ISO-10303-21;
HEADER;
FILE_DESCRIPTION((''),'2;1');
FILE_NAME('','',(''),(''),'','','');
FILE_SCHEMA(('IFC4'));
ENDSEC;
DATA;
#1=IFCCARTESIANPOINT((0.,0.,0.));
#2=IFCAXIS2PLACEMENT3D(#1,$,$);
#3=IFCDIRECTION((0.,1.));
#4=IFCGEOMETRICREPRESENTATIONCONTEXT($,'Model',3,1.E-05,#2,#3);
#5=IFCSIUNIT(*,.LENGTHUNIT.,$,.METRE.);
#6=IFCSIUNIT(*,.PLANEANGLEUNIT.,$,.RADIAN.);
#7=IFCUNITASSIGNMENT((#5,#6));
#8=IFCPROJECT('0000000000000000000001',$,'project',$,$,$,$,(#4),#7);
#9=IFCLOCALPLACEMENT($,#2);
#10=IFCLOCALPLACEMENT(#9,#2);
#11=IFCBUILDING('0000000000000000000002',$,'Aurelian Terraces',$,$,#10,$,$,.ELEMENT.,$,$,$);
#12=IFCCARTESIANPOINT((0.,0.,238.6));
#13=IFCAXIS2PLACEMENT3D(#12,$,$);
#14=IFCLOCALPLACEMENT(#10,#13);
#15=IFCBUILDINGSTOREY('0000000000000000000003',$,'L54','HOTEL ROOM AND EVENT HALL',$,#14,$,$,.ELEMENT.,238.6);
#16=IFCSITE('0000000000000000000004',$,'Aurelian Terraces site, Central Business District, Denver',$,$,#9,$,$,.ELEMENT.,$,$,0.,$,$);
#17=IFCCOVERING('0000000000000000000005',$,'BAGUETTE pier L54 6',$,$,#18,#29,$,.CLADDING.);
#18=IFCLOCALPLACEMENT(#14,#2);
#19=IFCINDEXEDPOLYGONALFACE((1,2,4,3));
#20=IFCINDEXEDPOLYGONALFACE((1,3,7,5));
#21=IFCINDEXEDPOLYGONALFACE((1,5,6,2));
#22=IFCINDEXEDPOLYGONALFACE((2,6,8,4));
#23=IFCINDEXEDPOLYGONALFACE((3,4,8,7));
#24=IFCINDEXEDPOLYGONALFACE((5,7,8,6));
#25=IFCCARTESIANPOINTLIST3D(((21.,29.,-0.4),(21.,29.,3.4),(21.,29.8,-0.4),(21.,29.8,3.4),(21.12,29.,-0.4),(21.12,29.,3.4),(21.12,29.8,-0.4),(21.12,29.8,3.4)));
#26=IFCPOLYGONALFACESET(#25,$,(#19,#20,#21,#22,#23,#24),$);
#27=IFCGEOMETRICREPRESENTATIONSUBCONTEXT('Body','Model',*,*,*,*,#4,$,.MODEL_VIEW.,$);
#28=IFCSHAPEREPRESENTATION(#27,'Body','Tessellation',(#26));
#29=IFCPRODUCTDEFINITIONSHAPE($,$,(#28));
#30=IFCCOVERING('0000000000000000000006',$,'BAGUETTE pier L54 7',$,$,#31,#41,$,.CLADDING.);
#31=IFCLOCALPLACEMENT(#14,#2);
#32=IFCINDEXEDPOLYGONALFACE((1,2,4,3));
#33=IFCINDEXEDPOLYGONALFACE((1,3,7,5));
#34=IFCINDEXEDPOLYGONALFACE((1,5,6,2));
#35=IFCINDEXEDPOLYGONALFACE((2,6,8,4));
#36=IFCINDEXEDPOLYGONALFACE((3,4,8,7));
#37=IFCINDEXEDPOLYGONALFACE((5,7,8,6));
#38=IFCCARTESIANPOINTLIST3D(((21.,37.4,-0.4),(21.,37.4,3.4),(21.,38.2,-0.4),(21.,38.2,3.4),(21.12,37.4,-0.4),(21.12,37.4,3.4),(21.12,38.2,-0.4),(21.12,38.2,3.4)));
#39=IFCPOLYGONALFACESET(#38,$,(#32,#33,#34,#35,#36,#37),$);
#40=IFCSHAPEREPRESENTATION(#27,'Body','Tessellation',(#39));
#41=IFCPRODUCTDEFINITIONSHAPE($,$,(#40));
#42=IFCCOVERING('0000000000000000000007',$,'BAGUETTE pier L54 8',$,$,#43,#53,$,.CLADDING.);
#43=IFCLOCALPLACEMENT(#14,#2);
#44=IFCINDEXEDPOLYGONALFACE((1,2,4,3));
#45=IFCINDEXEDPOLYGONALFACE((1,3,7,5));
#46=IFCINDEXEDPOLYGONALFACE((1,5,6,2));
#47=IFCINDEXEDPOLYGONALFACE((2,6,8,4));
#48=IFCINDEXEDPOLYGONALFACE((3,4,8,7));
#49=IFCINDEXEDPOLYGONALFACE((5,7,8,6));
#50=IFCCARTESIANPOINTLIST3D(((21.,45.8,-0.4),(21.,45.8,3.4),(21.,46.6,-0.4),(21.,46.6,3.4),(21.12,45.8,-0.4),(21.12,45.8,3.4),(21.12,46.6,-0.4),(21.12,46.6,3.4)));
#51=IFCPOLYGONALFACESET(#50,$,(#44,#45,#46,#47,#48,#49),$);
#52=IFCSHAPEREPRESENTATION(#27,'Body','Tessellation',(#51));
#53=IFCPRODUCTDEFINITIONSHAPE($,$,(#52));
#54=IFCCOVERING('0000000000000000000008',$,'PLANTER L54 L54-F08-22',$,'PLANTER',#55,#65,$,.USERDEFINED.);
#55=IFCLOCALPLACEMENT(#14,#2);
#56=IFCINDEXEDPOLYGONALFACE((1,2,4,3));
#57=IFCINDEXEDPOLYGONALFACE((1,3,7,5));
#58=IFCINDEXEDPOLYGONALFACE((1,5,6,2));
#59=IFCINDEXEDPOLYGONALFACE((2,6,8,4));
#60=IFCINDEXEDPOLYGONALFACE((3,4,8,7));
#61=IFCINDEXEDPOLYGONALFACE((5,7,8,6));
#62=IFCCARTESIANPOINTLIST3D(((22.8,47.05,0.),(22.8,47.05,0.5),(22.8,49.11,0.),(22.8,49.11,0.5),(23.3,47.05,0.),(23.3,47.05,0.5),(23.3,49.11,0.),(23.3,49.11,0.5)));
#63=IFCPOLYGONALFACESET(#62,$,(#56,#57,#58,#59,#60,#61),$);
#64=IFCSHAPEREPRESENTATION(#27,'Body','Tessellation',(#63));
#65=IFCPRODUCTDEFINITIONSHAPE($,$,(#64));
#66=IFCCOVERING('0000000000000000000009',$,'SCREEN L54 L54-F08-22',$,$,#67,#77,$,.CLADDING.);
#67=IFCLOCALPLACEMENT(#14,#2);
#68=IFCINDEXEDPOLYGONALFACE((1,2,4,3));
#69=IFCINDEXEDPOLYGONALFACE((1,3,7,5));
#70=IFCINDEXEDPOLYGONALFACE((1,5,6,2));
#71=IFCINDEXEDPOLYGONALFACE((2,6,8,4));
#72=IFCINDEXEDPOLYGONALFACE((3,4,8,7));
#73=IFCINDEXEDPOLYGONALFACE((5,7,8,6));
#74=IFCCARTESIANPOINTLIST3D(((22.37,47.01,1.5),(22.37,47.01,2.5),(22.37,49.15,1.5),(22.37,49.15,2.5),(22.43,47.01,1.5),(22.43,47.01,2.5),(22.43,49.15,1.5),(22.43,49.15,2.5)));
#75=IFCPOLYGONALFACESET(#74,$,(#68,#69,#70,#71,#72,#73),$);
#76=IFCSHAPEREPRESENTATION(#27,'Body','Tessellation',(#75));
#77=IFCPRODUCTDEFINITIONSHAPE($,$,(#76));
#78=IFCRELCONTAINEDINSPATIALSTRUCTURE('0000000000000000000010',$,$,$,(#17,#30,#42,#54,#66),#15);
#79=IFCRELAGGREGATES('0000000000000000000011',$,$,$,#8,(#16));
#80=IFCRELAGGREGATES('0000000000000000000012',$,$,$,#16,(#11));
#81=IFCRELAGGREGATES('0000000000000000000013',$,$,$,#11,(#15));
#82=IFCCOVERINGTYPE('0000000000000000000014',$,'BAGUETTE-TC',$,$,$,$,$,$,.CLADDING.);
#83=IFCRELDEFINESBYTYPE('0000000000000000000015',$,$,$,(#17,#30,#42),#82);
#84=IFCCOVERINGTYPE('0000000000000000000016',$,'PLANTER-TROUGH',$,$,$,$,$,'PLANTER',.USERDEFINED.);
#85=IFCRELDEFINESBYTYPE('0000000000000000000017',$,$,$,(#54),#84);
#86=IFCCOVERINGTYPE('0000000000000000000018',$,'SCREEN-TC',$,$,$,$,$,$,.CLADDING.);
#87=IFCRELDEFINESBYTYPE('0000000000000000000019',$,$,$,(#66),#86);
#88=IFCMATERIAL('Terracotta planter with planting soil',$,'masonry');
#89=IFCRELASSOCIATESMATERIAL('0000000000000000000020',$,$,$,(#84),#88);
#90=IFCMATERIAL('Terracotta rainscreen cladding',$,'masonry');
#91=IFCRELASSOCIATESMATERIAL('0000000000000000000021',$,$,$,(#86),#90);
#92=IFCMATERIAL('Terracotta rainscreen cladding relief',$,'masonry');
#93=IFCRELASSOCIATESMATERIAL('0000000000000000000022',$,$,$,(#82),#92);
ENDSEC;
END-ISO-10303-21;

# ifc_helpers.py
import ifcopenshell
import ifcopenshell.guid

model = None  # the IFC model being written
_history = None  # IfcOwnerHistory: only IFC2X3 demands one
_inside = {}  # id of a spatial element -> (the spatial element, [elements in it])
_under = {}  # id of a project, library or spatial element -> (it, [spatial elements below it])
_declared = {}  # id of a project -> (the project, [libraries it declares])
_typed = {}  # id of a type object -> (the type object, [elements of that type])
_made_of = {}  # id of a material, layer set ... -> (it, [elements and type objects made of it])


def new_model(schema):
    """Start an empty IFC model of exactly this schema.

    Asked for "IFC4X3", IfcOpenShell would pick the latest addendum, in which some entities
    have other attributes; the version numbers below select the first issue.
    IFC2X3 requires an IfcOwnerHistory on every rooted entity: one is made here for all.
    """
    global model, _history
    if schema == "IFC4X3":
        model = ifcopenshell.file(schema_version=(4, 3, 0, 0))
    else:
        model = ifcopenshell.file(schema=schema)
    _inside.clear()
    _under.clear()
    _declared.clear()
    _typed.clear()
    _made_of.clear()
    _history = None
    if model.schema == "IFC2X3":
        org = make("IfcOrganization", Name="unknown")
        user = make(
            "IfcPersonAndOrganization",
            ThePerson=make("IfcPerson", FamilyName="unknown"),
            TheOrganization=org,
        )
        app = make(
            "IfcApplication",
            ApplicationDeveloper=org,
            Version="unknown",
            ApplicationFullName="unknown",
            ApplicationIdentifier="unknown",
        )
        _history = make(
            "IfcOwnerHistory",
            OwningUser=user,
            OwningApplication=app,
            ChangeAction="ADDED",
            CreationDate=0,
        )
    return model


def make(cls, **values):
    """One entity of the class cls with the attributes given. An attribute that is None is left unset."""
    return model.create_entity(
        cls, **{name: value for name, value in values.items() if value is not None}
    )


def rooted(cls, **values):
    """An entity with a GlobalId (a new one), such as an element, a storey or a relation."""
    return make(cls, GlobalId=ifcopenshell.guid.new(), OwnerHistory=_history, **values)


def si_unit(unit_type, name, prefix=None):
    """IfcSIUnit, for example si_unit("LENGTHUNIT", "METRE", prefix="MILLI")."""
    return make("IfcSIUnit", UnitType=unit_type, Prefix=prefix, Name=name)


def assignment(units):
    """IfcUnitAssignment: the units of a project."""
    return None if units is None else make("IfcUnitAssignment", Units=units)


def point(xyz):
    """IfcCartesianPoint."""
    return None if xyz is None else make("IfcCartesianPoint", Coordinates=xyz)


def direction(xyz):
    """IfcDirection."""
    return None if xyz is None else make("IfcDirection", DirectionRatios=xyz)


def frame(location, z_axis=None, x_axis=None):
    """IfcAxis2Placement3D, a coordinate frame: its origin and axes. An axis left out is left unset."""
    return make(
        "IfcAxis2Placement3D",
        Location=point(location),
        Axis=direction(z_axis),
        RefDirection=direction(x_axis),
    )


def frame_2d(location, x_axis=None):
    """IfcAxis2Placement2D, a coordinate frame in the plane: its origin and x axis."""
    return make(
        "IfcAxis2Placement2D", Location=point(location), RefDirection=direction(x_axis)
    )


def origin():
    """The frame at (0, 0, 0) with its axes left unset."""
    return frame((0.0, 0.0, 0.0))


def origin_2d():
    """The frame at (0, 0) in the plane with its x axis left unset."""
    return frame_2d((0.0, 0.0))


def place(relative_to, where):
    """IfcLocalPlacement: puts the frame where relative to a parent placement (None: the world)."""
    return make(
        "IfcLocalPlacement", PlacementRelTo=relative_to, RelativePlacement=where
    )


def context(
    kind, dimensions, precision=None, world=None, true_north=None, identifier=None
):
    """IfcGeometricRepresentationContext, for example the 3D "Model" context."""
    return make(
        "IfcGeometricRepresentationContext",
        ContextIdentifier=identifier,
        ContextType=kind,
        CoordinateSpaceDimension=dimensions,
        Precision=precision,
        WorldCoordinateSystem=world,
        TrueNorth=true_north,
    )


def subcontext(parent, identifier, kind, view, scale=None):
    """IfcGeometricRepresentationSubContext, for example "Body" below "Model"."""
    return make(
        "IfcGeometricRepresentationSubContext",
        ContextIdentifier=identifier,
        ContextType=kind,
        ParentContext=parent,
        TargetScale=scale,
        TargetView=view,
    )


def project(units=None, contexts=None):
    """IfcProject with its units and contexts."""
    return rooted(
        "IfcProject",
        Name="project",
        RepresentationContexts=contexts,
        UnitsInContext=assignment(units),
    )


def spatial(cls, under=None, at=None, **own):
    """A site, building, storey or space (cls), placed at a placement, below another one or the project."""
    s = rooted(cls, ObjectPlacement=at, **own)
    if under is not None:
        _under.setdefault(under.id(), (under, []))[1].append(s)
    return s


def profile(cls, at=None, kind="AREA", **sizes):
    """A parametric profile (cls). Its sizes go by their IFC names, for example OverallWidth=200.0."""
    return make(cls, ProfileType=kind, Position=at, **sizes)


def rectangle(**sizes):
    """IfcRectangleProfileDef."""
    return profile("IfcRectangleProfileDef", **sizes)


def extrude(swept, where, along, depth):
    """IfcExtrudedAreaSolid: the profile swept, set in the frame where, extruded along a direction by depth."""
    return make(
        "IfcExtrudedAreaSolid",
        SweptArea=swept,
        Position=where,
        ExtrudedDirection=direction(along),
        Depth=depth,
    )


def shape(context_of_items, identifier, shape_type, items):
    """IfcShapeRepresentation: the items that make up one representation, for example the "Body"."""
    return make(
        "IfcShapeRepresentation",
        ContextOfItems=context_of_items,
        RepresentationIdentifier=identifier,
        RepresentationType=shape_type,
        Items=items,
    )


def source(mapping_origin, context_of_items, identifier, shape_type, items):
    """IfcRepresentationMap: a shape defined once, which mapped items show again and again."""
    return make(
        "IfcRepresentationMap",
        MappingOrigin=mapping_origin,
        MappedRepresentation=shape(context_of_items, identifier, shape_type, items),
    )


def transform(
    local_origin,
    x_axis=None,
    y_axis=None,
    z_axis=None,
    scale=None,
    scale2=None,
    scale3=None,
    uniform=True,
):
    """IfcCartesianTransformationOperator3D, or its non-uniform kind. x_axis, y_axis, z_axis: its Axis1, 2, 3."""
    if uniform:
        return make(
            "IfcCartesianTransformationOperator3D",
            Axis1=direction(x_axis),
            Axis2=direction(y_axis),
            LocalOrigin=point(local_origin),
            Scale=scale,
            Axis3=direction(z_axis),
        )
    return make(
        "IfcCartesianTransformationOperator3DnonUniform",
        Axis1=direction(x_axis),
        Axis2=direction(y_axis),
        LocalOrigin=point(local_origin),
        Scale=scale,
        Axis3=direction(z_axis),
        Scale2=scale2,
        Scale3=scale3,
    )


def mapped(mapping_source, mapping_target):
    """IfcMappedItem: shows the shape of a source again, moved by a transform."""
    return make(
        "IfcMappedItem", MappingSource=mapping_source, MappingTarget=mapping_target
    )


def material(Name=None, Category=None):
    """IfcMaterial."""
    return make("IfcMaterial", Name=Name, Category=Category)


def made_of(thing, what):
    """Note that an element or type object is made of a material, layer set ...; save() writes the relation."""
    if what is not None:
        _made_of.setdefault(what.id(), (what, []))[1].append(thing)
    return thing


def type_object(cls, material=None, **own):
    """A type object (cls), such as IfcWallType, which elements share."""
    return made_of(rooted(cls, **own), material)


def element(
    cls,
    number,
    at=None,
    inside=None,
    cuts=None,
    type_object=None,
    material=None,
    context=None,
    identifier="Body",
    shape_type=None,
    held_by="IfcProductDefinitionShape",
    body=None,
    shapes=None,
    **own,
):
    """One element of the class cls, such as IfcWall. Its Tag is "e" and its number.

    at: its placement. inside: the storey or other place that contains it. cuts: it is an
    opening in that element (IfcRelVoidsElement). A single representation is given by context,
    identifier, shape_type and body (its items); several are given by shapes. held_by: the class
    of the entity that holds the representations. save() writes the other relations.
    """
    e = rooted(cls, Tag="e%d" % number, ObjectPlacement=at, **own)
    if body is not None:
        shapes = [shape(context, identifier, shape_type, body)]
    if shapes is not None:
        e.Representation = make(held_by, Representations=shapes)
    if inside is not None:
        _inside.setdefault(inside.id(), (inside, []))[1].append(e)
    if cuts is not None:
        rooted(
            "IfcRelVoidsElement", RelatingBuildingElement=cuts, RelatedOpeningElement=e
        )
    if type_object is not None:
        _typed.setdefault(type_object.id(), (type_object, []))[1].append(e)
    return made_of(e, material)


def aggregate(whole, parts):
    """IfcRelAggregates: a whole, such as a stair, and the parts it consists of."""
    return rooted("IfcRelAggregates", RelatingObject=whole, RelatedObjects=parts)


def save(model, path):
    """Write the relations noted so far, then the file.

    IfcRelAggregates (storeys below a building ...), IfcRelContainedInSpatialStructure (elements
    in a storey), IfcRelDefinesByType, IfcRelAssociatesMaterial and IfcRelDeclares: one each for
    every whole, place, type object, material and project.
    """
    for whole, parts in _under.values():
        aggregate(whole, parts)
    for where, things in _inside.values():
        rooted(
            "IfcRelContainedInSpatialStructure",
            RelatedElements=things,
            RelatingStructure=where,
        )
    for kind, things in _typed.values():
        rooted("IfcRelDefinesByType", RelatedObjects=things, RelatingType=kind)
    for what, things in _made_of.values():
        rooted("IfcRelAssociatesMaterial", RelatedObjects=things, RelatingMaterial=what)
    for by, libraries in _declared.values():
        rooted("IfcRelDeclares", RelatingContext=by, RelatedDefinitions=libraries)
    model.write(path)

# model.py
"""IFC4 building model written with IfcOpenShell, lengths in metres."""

from ifc_helpers import new_model, si_unit, direction, frame, origin, origin_2d, place, context, subcontext, project, spatial, rectangle, extrude, source, transform, mapped, material, type_object, element, save


model = new_model("IFC4")

# Units and contexts
model_context = context("Model", 3, precision=1e-05, world=origin(), true_north=direction((0.0, 1.0)))
body_context = subcontext(model_context, "Body", "Model", "MODEL_VIEW")
ifc_project = project(units=[si_unit("LENGTHUNIT", "METRE"), si_unit("PLANEANGLEUNIT", "RADIAN")], contexts=[model_context])

# Site, building, storey
site_placement = place(None, origin())
site = spatial("IfcSite", under=ifc_project, at=site_placement, Name="Aurelian Terraces site, Central Business District, Denver", CompositionType="ELEMENT", RefElevation=0.0)
building_placement = place(site_placement, origin())
building = spatial("IfcBuilding", under=site, at=building_placement, Name="Aurelian Terraces", CompositionType="ELEMENT")
storey_placement = place(building_placement, frame((0.0, 0.0, 238.6)))
storey = spatial("IfcBuildingStorey", under=building, at=storey_placement, Name="L54", Description="HOTEL ROOM AND EVENT HALL", CompositionType="ELEMENT", Elevation=238.6)

# Coverings
ifc_material_1 = material(Name="Terracotta planter with planting soil", Category="masonry")
covering_type_1 = type_object("IfcCoveringType", Name="PLANTER-TROUGH", ElementType="PLANTER", PredefinedType="USERDEFINED", material=ifc_material_1)
ifc_material_2 = material(Name="Terracotta rainscreen cladding", Category="masonry")
covering_type_2 = type_object("IfcCoveringType", Name="SCREEN-TC", PredefinedType="CLADDING", material=ifc_material_2)
ifc_material_3 = material(Name="Terracotta rainscreen cladding relief", Category="masonry")
covering_type_3 = type_object("IfcCoveringType", Name="BAGUETTE-TC", PredefinedType="CLADDING", material=ifc_material_3)
shared_shape_1 = source(origin(), body_context, "Body", "SweptSolid", [
    extrude(rectangle(XDim=0.12, YDim=0.8, at=origin_2d()), origin(), (0.0, 0.0, 1.0), 3.8),
])
for number, where, z_axis, x_axis, name in (
    (1, (21.06, 29.4, -0.4), (0.0, 0.0, 1.0), (1.0, 0.0, 0.0), "BAGUETTE pier L54 6"),
    (2, (21.06, 37.8, -0.4), (0.0, 0.0, 1.0), (1.0, 0.0, 0.0), "BAGUETTE pier L54 7"),
    (3, (21.06, 46.2, -0.4), (0.0, 0.0, 1.0), (1.0, 0.0, 0.0), "BAGUETTE pier L54 8"),
):
    element("IfcCovering", number, at=place(storey_placement, frame(where, z_axis=z_axis, x_axis=x_axis)), inside=storey, type_object=covering_type_3, Name=name, PredefinedType="CLADDING", context=body_context, shape_type="MappedRepresentation", body=[
        mapped(shared_shape_1, transform((0.0, 0.0, 0.0), scale=1.0)),
    ])

# Coverings
shared_shape_2 = source(origin(), body_context, "Body", "SweptSolid", [
    extrude(rectangle(XDim=0.5, YDim=2.06, at=origin_2d()), origin(), (0.0, 0.0, 1.0), 0.5),
])
covering_1_placement = place(storey_placement, frame((23.05, 48.08, 0.0), z_axis=(0.0, 0.0, 1.0), x_axis=(1.0, 0.0, 0.0)))
element("IfcCovering", 4, at=covering_1_placement, inside=storey, type_object=covering_type_1, Name="PLANTER L54 L54-F08-22", ObjectType="PLANTER", PredefinedType="USERDEFINED", context=body_context, shape_type="MappedRepresentation", body=[
    mapped(shared_shape_2, transform((0.0, 0.0, 0.0), scale=1.0)),
])
shared_shape_3 = source(origin(), body_context, "Body", "SweptSolid", [
    extrude(rectangle(XDim=0.06, YDim=2.14, at=origin_2d()), origin(), (0.0, 0.0, 1.0), 1.0),
])
covering_2_placement = place(storey_placement, frame((22.4, 48.08, 1.5), z_axis=(0.0, 0.0, 1.0), x_axis=(1.0, 0.0, 0.0)))
element("IfcCovering", 5, at=covering_2_placement, inside=storey, type_object=covering_type_2, Name="SCREEN L54 L54-F08-22", PredefinedType="CLADDING", context=body_context, shape_type="MappedRepresentation", body=[
    mapped(shared_shape_3, transform((0.0, 0.0, 0.0), scale=1.0)),
])

save(model, "model.ifc")
